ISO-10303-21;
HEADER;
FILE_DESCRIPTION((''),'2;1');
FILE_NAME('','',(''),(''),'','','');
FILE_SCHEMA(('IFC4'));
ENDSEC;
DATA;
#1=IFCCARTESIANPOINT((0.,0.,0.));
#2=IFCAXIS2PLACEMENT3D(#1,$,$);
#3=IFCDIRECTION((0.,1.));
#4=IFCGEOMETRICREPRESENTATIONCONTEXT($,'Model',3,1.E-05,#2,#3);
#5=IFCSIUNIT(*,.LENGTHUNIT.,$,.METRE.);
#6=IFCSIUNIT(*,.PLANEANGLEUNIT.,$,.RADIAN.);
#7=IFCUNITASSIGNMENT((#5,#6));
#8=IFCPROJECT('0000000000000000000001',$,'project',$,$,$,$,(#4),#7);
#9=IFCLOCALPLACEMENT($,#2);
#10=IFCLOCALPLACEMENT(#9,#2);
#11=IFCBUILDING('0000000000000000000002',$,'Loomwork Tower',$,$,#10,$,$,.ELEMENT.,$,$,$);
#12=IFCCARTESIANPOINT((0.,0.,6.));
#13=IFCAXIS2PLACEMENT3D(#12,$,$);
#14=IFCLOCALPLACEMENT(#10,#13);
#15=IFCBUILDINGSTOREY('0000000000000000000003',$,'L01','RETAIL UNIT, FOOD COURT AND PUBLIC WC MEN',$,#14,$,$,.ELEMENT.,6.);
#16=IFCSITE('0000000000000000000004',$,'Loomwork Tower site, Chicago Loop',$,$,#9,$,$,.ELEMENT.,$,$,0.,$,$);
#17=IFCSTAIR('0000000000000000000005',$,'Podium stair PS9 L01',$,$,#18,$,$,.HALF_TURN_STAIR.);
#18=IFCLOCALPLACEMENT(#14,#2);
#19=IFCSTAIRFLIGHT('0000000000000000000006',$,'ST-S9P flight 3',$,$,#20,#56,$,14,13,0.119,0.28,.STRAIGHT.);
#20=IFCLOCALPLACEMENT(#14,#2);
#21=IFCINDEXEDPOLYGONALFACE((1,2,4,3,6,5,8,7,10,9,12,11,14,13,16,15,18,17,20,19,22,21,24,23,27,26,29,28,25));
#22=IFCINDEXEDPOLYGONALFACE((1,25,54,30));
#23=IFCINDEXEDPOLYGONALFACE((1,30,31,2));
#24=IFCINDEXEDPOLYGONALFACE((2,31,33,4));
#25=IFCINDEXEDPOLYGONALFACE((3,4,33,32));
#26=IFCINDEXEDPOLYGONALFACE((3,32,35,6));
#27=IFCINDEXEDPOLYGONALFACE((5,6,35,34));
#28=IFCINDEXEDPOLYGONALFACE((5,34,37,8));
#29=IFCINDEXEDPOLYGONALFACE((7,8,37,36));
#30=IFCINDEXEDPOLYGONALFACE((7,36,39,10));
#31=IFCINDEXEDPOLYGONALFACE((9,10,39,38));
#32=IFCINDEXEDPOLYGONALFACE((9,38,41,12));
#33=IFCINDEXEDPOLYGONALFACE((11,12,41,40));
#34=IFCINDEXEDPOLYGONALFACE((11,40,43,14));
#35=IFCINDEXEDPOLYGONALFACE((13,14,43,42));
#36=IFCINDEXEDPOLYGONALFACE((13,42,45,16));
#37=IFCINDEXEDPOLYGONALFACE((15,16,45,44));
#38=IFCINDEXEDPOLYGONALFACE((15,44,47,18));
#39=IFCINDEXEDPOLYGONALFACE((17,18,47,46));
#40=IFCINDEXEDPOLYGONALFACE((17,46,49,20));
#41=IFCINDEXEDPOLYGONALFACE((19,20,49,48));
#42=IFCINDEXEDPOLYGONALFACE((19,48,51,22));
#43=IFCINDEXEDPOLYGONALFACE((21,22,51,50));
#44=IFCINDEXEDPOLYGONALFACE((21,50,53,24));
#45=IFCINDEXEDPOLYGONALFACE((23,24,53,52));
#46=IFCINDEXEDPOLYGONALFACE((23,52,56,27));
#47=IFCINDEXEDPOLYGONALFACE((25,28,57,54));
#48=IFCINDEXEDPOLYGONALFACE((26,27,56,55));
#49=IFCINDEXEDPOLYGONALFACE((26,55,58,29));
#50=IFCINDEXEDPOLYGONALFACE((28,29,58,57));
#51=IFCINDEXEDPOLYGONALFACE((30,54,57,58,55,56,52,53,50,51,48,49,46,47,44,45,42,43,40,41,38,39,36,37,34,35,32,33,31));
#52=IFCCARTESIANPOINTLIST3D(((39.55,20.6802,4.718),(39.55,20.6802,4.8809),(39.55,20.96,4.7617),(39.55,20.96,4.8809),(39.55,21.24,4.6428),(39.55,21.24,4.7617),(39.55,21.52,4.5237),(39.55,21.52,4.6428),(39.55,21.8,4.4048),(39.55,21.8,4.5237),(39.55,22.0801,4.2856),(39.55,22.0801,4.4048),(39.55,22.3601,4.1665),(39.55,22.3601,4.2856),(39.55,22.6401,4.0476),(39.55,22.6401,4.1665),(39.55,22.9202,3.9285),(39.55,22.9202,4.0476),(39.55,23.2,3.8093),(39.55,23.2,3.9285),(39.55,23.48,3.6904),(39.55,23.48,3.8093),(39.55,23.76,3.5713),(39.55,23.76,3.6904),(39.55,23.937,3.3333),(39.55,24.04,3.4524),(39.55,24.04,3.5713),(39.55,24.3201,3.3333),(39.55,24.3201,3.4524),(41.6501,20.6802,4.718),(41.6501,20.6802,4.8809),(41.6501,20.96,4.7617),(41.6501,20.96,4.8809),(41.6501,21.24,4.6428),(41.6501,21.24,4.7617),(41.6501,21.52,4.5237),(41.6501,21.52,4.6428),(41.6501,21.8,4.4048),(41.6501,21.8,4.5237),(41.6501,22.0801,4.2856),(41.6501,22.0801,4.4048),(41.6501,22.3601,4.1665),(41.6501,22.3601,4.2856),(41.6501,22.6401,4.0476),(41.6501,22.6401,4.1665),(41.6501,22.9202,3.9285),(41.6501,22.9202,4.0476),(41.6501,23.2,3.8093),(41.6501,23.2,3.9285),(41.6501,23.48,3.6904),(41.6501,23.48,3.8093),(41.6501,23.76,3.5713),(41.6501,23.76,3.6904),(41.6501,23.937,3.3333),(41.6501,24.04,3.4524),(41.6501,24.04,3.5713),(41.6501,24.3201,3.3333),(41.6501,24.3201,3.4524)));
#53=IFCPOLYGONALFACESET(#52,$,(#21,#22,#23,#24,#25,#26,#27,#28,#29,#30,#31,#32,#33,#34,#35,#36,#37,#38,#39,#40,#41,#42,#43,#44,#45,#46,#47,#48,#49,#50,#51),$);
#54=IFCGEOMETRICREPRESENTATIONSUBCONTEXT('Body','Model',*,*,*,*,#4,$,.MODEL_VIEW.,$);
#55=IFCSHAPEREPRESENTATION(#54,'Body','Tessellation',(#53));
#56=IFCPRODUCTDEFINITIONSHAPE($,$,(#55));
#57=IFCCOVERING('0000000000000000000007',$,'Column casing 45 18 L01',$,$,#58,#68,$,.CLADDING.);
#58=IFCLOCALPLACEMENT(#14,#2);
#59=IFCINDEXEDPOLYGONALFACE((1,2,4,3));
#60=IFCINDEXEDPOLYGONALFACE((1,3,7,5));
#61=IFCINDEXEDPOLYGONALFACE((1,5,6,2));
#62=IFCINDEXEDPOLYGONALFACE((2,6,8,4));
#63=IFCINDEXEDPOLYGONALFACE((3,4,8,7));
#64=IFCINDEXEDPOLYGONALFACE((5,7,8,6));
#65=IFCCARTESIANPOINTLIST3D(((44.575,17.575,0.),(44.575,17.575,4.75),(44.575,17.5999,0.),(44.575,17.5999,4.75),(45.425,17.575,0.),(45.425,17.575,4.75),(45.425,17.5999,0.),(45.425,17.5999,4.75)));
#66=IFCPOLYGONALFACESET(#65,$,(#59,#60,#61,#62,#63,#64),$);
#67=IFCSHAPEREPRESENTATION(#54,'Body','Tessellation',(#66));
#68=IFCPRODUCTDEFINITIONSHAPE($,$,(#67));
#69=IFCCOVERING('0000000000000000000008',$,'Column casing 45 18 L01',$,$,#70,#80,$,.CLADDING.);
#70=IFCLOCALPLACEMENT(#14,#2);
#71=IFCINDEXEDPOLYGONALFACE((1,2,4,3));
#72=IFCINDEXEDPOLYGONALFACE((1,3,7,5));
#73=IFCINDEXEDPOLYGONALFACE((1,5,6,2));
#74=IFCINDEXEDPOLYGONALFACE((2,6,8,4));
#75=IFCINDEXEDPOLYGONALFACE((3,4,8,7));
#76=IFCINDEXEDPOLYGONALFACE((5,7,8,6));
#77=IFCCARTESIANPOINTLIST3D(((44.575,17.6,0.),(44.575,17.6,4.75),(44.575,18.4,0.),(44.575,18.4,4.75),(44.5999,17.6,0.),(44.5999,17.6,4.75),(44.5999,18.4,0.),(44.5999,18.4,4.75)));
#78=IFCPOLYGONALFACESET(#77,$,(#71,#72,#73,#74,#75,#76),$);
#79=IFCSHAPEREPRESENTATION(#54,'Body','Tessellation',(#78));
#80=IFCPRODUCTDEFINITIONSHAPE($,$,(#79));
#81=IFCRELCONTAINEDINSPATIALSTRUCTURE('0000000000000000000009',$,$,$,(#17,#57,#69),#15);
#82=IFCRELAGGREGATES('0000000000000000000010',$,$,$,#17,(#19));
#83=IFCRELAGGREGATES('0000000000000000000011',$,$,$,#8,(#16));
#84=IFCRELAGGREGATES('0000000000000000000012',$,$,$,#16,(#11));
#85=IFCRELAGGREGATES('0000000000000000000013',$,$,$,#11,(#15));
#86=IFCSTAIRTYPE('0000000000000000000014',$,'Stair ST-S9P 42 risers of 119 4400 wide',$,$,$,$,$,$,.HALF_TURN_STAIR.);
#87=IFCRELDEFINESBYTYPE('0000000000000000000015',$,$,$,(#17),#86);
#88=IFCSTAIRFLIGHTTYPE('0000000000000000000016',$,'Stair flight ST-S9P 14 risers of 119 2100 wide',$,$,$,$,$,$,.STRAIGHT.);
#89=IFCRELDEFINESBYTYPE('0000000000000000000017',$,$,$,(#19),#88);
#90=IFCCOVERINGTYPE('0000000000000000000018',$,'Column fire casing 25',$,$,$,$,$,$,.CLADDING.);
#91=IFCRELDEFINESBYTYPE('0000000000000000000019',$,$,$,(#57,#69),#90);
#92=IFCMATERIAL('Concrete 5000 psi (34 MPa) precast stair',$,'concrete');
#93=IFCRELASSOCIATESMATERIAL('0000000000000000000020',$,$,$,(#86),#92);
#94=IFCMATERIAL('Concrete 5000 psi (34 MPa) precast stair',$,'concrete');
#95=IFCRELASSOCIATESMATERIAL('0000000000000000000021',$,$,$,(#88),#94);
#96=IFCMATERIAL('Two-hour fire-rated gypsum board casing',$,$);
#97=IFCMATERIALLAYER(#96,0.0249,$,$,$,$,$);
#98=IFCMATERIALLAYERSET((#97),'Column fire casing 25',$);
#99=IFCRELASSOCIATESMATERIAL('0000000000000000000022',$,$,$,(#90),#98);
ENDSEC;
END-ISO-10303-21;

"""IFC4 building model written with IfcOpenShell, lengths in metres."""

from ifc_helpers import new_model, si_unit, direction, frame, origin, origin_2d, place, context, subcontext, project, spatial, polyline, rectangle, outline, extrude, material, layer, layer_set, type_object, element, aggregate, save


model = new_model("IFC4")

# Units and contexts
model_context = context("Model", 3, precision=1e-05, world=origin(), true_north=direction((0.0, 1.0)))
body_context = subcontext(model_context, "Body", "Model", "MODEL_VIEW")
ifc_project = project(units=[si_unit("LENGTHUNIT", "METRE"), si_unit("PLANEANGLEUNIT", "RADIAN")], contexts=[model_context])

# Site, building, storey
site_placement = place(None, origin())
site = spatial("IfcSite", under=ifc_project, at=site_placement, Name="Loomwork Tower site, Chicago Loop", CompositionType="ELEMENT", RefElevation=0.0)
building_placement = place(site_placement, origin())
building = spatial("IfcBuilding", under=site, at=building_placement, Name="Loomwork Tower", CompositionType="ELEMENT")
storey_placement = place(building_placement, frame((0.0, 0.0, 6.0)))
storey = spatial("IfcBuildingStorey", under=building, at=storey_placement, Name="L01", Description="RETAIL UNIT, FOOD COURT AND PUBLIC WC MEN", CompositionType="ELEMENT", Elevation=6.0)

# Stair, stair flight
ifc_material_1 = material(Name="Concrete 5000 psi (34 MPa) precast stair", Category="concrete")
stair_type_1 = type_object("IfcStairType", Name="Stair ST-S9P 42 risers of 119 4400 wide", PredefinedType="HALF_TURN_STAIR", material=ifc_material_1)
stair_1_placement = place(storey_placement, origin())
stair_1 = element("IfcStair", 1, at=stair_1_placement, inside=storey, type_object=stair_type_1, Name="Podium stair PS9 L01", PredefinedType="HALF_TURN_STAIR")
ifc_material_2 = material(Name="Concrete 5000 psi (34 MPa) precast stair", Category="concrete")
stair_flight_type_1 = type_object("IfcStairFlightType", Name="Stair flight ST-S9P 14 risers of 119 2100 wide", PredefinedType="STRAIGHT", material=ifc_material_2)
stair_flight_1_placement = place(storey_placement, frame((40.6001, 24.3201, 3.3333), z_axis=(0.0, 0.0, 1.0), x_axis=(0.0, -1.0, 0.0)))
stair_flight_1 = element("IfcStairFlight", 2, at=stair_flight_1_placement, type_object=stair_flight_type_1, Name="ST-S9P flight 3", NumberOfRisers=14, NumberOfTreads=13, PredefinedType="STRAIGHT", RiserHeight=0.119, TreadLength=0.28, context=body_context, shape_type="SweptSolid", body=[
    extrude(outline(polyline([(0.0, 0.0), (0.0, 0.1191), (0.28, 0.1191), (0.28, 0.238), (0.5601, 0.238), (0.5601, 0.3572), (0.8401, 0.3572), (0.8401, 0.4761), (1.1201, 0.4761), (1.1201, 0.5952), (1.3999, 0.5952), (1.3999, 0.7144), (1.6799, 0.7144), (1.6799, 0.8333), (1.96, 0.8333), (1.96, 0.9524), (2.24, 0.9524), (2.24, 1.0715), (2.52, 1.0715), (2.52, 1.1904), (2.8, 1.1904), (2.8, 1.3096), (3.0801, 1.3096), (3.0801, 1.4285), (3.3601, 1.4285), (3.3601, 1.5476), (3.6399, 1.5476), (3.6399, 1.6667), (3.6399, 1.3848), (0.3831, 0.0), (0.0, 0.0)])), frame((0.0, 1.05, 0.0), z_axis=(0.0, -1.0, 0.0), x_axis=(1.0, 0.0, 0.0)), (0.0, 0.0, 1.0), 2.1001),
])
aggregate(stair_1, [stair_flight_1])

# Coverings
ifc_material_3 = material(Name="Two-hour fire-rated gypsum board casing")
ifc_layer_1 = layer(ifc_material_3, 0.0249)
ifc_layer_set_1 = layer_set([ifc_layer_1], Name="Column fire casing 25")
covering_type = type_object("IfcCoveringType", Name="Column fire casing 25", PredefinedType="CLADDING", material=ifc_layer_set_1)
covering_1_placement = place(storey_placement, frame((45.0, 17.5874, 0.0), z_axis=(0.0, 0.0, 1.0), x_axis=(1.0, 0.0, 0.0)))
element("IfcCovering", 3, at=covering_1_placement, inside=storey, type_object=covering_type, Name="Column casing 45 18 L01", PredefinedType="CLADDING", context=body_context, shape_type="SweptSolid", body=[
    extrude(rectangle(XDim=0.8501, YDim=0.0249, at=origin_2d()), origin(), (0.0, 0.0, 1.0), 4.75),
])
covering_2_placement = place(storey_placement, frame((44.5874, 18.0, 0.0), z_axis=(0.0, 0.0, 1.0), x_axis=(1.0, 0.0, 0.0)))
element("IfcCovering", 4, at=covering_2_placement, inside=storey, type_object=covering_type, Name="Column casing 45 18 L01", PredefinedType="CLADDING", context=body_context, shape_type="SweptSolid", body=[
    extrude(rectangle(XDim=0.0249, YDim=0.8, at=origin_2d()), origin(), (0.0, 0.0, 1.0), 4.75),
])

save(model, "model.ifc")
